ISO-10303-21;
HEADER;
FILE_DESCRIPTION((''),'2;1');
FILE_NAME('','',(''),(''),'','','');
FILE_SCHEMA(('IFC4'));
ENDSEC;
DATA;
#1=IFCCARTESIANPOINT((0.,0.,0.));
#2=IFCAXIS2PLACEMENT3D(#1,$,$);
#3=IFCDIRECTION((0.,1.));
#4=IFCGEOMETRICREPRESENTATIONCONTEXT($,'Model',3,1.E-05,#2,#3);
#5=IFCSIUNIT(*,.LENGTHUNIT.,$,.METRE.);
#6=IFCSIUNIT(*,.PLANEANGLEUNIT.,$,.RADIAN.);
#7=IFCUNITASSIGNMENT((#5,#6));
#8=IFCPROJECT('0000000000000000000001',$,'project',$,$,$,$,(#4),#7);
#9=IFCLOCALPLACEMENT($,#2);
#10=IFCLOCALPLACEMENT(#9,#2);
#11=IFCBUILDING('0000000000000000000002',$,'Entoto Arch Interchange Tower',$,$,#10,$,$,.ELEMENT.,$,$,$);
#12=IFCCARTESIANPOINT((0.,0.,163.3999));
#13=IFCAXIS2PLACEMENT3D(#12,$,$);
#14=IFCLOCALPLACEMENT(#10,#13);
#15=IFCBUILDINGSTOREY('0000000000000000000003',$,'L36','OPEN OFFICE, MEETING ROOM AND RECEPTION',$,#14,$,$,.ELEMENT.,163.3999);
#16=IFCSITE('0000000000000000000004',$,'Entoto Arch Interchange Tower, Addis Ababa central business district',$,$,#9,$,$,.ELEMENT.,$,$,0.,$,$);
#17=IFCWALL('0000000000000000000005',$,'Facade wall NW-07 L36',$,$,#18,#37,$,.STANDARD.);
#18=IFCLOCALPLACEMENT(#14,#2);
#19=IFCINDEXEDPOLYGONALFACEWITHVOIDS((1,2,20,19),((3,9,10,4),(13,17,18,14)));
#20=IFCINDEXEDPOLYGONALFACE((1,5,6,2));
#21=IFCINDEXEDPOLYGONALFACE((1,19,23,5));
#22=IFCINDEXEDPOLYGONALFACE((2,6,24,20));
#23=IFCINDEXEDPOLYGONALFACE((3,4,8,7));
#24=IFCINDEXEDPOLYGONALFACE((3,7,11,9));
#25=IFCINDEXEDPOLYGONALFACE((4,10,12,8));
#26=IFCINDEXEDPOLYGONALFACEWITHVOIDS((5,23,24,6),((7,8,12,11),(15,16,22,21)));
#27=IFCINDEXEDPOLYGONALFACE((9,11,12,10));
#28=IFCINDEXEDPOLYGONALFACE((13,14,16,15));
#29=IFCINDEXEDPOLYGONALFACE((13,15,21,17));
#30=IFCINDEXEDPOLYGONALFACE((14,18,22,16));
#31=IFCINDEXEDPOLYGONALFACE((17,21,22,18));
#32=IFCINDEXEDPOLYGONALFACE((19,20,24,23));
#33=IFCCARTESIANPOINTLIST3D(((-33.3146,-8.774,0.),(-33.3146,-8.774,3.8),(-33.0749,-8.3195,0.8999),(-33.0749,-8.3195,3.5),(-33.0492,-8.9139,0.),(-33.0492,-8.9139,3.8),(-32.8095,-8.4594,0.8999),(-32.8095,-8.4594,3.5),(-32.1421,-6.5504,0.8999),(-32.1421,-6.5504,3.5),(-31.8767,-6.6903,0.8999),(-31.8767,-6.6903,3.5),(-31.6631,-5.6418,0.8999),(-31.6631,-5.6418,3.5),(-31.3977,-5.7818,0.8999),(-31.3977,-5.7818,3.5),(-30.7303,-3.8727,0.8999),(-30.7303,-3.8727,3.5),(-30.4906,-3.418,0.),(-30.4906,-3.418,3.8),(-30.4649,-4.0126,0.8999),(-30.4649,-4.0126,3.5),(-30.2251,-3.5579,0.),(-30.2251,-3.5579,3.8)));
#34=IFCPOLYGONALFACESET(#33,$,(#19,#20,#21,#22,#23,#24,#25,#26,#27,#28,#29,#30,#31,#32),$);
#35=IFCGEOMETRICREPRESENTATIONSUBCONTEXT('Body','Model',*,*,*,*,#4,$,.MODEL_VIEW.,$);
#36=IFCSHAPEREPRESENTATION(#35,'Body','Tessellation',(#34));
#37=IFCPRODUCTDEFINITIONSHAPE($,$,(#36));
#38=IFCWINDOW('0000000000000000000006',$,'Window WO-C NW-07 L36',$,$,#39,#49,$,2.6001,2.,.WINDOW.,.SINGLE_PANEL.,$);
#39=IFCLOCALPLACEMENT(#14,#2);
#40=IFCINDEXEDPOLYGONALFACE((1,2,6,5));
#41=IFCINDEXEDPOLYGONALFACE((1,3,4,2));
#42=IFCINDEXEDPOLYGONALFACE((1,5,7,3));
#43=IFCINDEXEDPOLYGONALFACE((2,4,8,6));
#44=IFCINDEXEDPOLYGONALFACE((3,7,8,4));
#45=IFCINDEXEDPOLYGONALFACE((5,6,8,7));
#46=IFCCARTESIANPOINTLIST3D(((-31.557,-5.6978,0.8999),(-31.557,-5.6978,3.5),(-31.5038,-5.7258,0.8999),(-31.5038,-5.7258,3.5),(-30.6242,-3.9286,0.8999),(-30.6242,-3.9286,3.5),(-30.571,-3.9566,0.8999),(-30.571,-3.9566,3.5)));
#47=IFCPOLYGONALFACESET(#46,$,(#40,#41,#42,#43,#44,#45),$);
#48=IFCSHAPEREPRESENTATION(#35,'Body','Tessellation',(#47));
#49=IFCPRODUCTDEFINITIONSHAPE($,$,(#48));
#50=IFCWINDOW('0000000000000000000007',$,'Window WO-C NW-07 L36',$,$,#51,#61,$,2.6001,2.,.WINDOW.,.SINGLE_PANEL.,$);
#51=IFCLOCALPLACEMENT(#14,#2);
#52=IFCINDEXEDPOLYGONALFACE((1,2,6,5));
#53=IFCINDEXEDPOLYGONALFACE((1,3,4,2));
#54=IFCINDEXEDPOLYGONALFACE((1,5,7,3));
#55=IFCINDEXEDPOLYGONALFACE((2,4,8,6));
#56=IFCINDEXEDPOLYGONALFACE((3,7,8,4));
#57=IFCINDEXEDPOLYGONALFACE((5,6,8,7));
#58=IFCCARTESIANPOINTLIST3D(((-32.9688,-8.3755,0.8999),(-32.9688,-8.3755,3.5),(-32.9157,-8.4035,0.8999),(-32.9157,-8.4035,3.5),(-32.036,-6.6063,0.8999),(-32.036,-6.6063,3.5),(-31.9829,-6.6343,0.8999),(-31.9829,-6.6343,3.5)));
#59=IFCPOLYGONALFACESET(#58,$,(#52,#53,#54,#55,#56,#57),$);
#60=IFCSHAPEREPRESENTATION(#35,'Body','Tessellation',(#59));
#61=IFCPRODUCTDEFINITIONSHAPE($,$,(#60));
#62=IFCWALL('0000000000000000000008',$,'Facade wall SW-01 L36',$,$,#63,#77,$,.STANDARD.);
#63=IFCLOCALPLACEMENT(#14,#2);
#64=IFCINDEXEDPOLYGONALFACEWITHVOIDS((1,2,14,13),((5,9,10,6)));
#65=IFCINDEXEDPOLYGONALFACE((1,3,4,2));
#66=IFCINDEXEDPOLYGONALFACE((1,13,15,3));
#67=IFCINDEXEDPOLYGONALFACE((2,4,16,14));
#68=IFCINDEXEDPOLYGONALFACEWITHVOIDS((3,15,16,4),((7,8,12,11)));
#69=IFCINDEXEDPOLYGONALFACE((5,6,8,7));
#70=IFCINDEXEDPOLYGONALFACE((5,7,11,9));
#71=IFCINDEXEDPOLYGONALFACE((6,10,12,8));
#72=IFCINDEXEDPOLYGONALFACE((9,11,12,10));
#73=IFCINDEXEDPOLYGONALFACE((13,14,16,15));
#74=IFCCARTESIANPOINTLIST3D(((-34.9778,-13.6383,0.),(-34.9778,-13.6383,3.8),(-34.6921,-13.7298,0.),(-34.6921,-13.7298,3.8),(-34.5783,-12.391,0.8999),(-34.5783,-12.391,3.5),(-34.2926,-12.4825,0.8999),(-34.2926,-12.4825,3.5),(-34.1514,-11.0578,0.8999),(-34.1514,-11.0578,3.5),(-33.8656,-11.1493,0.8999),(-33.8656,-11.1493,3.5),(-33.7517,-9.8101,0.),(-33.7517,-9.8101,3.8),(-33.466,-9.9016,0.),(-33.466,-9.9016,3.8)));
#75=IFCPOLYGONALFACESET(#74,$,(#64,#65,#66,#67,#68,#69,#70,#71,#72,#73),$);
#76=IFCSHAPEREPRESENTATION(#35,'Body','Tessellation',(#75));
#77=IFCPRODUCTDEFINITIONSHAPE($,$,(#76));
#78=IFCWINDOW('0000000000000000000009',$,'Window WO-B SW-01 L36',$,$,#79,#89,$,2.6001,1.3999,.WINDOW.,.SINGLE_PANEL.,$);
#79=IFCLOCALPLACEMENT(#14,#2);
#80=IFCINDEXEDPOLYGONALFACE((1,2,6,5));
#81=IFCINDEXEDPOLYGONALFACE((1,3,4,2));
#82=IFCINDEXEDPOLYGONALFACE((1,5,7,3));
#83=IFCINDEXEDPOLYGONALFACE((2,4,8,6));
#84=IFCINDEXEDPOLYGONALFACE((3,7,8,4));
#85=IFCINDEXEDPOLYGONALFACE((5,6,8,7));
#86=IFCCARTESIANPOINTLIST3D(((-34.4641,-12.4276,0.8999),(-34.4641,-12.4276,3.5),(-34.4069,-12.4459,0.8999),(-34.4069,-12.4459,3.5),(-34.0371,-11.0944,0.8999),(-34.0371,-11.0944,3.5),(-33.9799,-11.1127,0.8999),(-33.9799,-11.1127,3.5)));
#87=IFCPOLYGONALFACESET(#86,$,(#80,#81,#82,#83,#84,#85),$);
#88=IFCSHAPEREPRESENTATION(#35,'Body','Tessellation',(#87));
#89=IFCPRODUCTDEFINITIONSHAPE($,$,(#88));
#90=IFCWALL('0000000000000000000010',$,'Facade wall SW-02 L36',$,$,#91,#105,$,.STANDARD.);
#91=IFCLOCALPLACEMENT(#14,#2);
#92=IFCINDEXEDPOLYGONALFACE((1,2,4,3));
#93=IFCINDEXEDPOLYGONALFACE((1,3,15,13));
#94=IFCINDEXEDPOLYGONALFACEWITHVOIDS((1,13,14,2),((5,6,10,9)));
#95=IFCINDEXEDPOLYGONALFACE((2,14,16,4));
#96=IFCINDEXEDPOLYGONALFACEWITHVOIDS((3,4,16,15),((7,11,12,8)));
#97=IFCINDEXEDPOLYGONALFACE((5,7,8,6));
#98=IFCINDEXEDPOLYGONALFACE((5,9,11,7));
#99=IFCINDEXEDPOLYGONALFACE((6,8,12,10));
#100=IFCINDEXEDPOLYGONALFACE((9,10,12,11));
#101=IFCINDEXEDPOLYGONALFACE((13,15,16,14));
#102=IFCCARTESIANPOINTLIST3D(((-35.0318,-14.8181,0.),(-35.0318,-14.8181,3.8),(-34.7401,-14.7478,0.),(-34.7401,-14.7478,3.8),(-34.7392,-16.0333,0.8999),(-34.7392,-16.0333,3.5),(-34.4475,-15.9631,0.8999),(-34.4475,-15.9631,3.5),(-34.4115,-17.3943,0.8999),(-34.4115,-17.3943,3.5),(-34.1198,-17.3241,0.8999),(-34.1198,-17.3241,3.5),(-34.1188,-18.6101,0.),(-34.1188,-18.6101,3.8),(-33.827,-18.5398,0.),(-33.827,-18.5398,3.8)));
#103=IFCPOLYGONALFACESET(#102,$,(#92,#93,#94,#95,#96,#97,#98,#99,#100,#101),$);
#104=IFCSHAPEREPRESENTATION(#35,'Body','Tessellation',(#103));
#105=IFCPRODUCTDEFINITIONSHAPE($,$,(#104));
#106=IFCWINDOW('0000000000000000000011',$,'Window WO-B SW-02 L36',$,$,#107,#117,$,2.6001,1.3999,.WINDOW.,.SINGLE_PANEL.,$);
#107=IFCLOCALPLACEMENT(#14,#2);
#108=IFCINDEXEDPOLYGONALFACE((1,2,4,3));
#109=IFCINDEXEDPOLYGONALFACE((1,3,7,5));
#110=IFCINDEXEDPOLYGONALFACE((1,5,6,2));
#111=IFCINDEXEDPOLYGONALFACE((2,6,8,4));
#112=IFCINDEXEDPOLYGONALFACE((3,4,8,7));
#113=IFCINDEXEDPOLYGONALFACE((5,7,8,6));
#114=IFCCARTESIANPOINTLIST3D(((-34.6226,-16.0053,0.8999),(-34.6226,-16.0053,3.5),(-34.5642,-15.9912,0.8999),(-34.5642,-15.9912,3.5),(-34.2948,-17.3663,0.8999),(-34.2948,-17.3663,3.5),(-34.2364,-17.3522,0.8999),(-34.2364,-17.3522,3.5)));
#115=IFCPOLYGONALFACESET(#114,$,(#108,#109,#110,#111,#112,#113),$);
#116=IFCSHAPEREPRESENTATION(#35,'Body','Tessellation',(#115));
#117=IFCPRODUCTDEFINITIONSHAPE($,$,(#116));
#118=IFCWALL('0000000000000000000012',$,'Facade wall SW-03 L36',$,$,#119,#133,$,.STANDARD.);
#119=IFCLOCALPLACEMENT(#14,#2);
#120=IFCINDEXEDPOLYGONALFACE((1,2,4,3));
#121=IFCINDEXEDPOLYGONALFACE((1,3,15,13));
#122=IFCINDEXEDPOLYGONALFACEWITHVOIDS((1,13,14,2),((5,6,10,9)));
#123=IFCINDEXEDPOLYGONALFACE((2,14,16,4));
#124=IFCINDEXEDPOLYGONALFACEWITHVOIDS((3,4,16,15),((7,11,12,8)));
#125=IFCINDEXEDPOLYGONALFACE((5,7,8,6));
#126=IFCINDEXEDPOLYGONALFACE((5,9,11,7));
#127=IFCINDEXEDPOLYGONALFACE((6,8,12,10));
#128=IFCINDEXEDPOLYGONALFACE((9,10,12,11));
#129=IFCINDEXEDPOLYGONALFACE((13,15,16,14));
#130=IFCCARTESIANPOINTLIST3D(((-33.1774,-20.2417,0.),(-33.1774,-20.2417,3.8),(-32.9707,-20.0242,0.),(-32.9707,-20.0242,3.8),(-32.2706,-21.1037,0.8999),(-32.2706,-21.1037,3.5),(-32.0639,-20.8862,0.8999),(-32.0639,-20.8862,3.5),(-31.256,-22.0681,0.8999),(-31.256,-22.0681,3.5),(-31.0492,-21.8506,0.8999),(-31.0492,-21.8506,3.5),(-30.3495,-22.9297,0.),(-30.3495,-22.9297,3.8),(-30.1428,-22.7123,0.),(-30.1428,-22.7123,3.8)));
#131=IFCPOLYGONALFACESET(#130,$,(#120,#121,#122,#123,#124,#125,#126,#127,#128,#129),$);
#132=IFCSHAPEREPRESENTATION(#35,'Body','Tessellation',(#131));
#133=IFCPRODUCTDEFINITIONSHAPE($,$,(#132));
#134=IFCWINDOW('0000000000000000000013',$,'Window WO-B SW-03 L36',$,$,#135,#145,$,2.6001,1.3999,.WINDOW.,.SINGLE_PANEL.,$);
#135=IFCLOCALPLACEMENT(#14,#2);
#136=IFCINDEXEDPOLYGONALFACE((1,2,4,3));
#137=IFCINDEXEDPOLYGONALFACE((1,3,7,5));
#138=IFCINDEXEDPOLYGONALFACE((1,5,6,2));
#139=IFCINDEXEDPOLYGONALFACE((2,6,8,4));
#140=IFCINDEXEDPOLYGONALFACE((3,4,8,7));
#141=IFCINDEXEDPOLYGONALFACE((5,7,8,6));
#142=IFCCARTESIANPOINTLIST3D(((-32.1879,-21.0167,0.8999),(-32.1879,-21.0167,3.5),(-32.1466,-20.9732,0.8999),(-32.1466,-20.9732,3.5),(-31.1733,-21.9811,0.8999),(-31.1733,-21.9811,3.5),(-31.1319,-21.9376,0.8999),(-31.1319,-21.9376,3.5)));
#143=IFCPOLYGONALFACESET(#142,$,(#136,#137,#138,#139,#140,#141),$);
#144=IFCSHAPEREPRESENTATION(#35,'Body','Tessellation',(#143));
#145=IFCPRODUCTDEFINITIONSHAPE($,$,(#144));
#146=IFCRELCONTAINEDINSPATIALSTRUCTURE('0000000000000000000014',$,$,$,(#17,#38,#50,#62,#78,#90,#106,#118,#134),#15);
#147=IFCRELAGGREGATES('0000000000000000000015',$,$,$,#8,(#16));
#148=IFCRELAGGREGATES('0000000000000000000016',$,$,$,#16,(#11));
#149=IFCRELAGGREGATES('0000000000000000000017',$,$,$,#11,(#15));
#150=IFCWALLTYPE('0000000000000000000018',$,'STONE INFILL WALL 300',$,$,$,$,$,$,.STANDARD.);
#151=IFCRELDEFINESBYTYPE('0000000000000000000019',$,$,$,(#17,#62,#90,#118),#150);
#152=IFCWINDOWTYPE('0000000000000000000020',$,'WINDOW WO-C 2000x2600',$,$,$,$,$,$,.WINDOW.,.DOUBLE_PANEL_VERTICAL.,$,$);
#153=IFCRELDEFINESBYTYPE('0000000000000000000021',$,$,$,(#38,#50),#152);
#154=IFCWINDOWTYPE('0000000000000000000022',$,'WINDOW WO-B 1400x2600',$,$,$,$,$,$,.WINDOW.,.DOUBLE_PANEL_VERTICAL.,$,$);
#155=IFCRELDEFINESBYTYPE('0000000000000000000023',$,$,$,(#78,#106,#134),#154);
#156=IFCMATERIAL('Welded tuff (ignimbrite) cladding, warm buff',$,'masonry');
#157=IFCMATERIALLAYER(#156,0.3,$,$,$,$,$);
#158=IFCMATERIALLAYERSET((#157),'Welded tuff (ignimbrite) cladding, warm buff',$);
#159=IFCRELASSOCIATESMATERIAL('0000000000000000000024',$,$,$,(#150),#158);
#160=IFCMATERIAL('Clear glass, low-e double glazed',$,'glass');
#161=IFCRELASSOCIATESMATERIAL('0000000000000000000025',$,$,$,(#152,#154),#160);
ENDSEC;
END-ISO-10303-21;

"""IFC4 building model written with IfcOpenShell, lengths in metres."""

from ifc_helpers import new_model, si_unit, direction, frame, frame_2d, origin, place, context, subcontext, project, spatial, rectangle, extrude, material, layer, layer_set, type_object, element, fill, save


model = new_model("IFC4")

# Units and contexts
model_context = context("Model", 3, precision=1e-05, world=origin(), true_north=direction((0.0, 1.0)))
body_context = subcontext(model_context, "Body", "Model", "MODEL_VIEW")
ifc_project = project(units=[si_unit("LENGTHUNIT", "METRE"), si_unit("PLANEANGLEUNIT", "RADIAN")], contexts=[model_context])

# Site, building, storey
site_placement = place(None, origin())
site = spatial("IfcSite", under=ifc_project, at=site_placement, Name="Entoto Arch Interchange Tower, Addis Ababa central business district", CompositionType="ELEMENT", RefElevation=0.0)
building_placement = place(site_placement, origin())
building = spatial("IfcBuilding", under=site, at=building_placement, Name="Entoto Arch Interchange Tower", CompositionType="ELEMENT")
storey_placement = place(building_placement, frame((0.0, 0.0, 163.3999)))
storey = spatial("IfcBuildingStorey", under=building, at=storey_placement, Name="L36", Description="OPEN OFFICE, MEETING ROOM AND RECEPTION", CompositionType="ELEMENT", Elevation=163.3999)

# Wall, openings, windows
ifc_material_1 = material(Name="Welded tuff (ignimbrite) cladding, warm buff", Category="masonry")
ifc_layer_1 = layer(ifc_material_1, 0.3)
ifc_layer_set_1 = layer_set([ifc_layer_1], Name="Welded tuff (ignimbrite) cladding, warm buff")
wall_type_1 = type_object("IfcWallType", Name="STONE INFILL WALL 300", PredefinedType="STANDARD", material=ifc_layer_set_1)
wall_1_placement = place(storey_placement, frame((-30.3579, -3.488, 0.0), z_axis=(0.0, 0.0, 1.0), x_axis=(-0.466399, -0.884574, 0.0)))
wall_1 = element("IfcWall", 1, at=wall_1_placement, inside=storey, type_object=wall_type_1, Name="Facade wall NW-07 L36", PredefinedType="STANDARD", context=body_context, shape_type="SweptSolid", body=[
    extrude(rectangle(XDim=6.0549, YDim=0.3, at=frame_2d((3.0273, 0.0))), origin(), (0.0, 0.0, 1.0), 3.8),
])
opening_1_placement = place(wall_1_placement, frame((0.5139, 0.0, 0.8999)))
opening_1 = element("IfcOpeningElement", 2, at=opening_1_placement, cuts=wall_1, PredefinedType="OPENING", context=body_context, shape_type="SweptSolid", body=[
    extrude(rectangle(XDim=2.0, YDim=2.6001, at=frame_2d((1.0, 1.3))), frame((0.0, 0.1602, 0.0), z_axis=(0.0, -1.0, 0.0), x_axis=(1.0, 0.0, 0.0)), (0.0, 0.0, 1.0), 0.3201),
])
opening_2_placement = place(wall_1_placement, frame((3.541, 0.0, 0.8999)))
opening_2 = element("IfcOpeningElement", 3, at=opening_2_placement, cuts=wall_1, PredefinedType="OPENING", context=body_context, shape_type="SweptSolid", body=[
    extrude(rectangle(XDim=2.0, YDim=2.6001, at=frame_2d((1.0, 1.3))), frame((0.0, 0.1602, 0.0), z_axis=(0.0, -1.0, 0.0), x_axis=(1.0, 0.0, 0.0)), (0.0, 0.0, 1.0), 0.3201),
])
ifc_material_2 = material(Name="Clear glass, low-e double glazed", Category="glass")
window_type_1 = type_object("IfcWindowType", Name="WINDOW WO-C 2000x2600", PartitioningType="DOUBLE_PANEL_VERTICAL", PredefinedType="WINDOW", material=ifc_material_2)
window_1_placement = place(opening_1_placement, origin())
window_1 = element("IfcWindow", 4, at=window_1_placement, inside=storey, type_object=window_type_1, Name="Window WO-C NW-07 L36", OverallHeight=2.6001, OverallWidth=2.0, PartitioningType="SINGLE_PANEL", PredefinedType="WINDOW", context=body_context, shape_type="SweptSolid", body=[
    extrude(rectangle(XDim=2.0, YDim=2.6001, at=frame_2d((1.0, 1.3))), frame((0.0, 0.03, 0.0), z_axis=(0.0, -1.0, 0.0), x_axis=(1.0, 0.0, 0.0)), (0.0, 0.0, 1.0), 0.0601),
])
fill(opening_1, window_1)
window_2_placement = place(opening_2_placement, origin())
window_2 = element("IfcWindow", 5, at=window_2_placement, inside=storey, type_object=window_type_1, Name="Window WO-C NW-07 L36", OverallHeight=2.6001, OverallWidth=2.0, PartitioningType="SINGLE_PANEL", PredefinedType="WINDOW", context=body_context, shape_type="SweptSolid", body=[
    extrude(rectangle(XDim=2.0, YDim=2.6001, at=frame_2d((1.0, 1.3))), frame((0.0, 0.03, 0.0), z_axis=(0.0, -1.0, 0.0), x_axis=(1.0, 0.0, 0.0)), (0.0, 0.0, 1.0), 0.0601),
])
fill(opening_2, window_2)

# Walls, openings, windows
wall_2_placement = place(storey_placement, frame((-33.6089, -9.856, 0.0), z_axis=(0.0, 0.0, 1.0), x_axis=(-0.305018, -0.952347, 0.0)))
wall_2 = element("IfcWall", 6, at=wall_2_placement, inside=storey, type_object=wall_type_1, Name="Facade wall SW-01 L36", PredefinedType="STANDARD", context=body_context, shape_type="SweptSolid", body=[
    extrude(rectangle(XDim=4.0198, YDim=0.3, at=frame_2d((2.0098, 0.0))), origin(), (0.0, 0.0, 1.0), 3.8),
])
opening_3_placement = place(wall_2_placement, frame((1.3101, 0.0, 0.8999)))
opening_3 = element("IfcOpeningElement", 7, at=opening_3_placement, cuts=wall_2, PredefinedType="OPENING", context=body_context, shape_type="SweptSolid", body=[
    extrude(rectangle(XDim=1.3999, YDim=2.6001, at=frame_2d((0.7, 1.3))), frame((0.0, 0.1602, 0.0), z_axis=(0.0, -1.0, 0.0), x_axis=(1.0, 0.0, 0.0)), (0.0, 0.0, 1.0), 0.3201),
])
window_type_2 = type_object("IfcWindowType", Name="WINDOW WO-B 1400x2600", PartitioningType="DOUBLE_PANEL_VERTICAL", PredefinedType="WINDOW", material=ifc_material_2)
window_3_placement = place(opening_3_placement, origin())
window_3 = element("IfcWindow", 8, at=window_3_placement, inside=storey, type_object=window_type_2, Name="Window WO-B SW-01 L36", OverallHeight=2.6001, OverallWidth=1.3999, PartitioningType="SINGLE_PANEL", PredefinedType="WINDOW", context=body_context, shape_type="SweptSolid", body=[
    extrude(rectangle(XDim=1.3999, YDim=2.6001, at=frame_2d((0.7, 1.3))), frame((0.0, 0.03, 0.0), z_axis=(0.0, -1.0, 0.0), x_axis=(1.0, 0.0, 0.0)), (0.0, 0.0, 1.0), 0.0601),
])
fill(opening_3, window_3)
wall_3_placement = place(storey_placement, frame((-34.886, -14.783, 0.0), z_axis=(0.0, 0.0, 1.0), x_axis=(0.234102, -0.972212, 0.0)))
wall_3 = element("IfcWall", 9, at=wall_3_placement, inside=storey, type_object=wall_type_1, Name="Facade wall SW-02 L36", PredefinedType="STANDARD", context=body_context, shape_type="SweptSolid", body=[
    extrude(rectangle(XDim=3.9004, YDim=0.3, at=frame_2d((1.9502, 0.0))), origin(), (0.0, 0.0, 1.0), 3.8),
])
opening_4_placement = place(wall_3_placement, frame((1.25, 0.0, 0.8999)))
opening_4 = element("IfcOpeningElement", 10, at=opening_4_placement, cuts=wall_3, PredefinedType="OPENING", context=body_context, shape_type="SweptSolid", body=[
    extrude(rectangle(XDim=1.3999, YDim=2.6001, at=frame_2d((0.7, 1.3))), frame((0.0, 0.1602, 0.0), z_axis=(0.0, -1.0, 0.0), x_axis=(1.0, 0.0, 0.0)), (0.0, 0.0, 1.0), 0.3201),
])
window_4_placement = place(opening_4_placement, origin())
window_4 = element("IfcWindow", 11, at=window_4_placement, inside=storey, type_object=window_type_2, Name="Window WO-B SW-02 L36", OverallHeight=2.6001, OverallWidth=1.3999, PartitioningType="SINGLE_PANEL", PredefinedType="WINDOW", context=body_context, shape_type="SweptSolid", body=[
    extrude(rectangle(XDim=1.3999, YDim=2.6001, at=frame_2d((0.7, 1.3))), frame((0.0, 0.03, 0.0), z_axis=(0.0, -1.0, 0.0), x_axis=(1.0, 0.0, 0.0)), (0.0, 0.0, 1.0), 0.0601),
])
fill(opening_4, window_4)
wall_4_placement = place(storey_placement, frame((-33.074, -20.1331, 0.0), z_axis=(0.0, 0.0, 1.0), x_axis=(0.724807, -0.688952, 0.0)))
wall_4 = element("IfcWall", 12, at=wall_4_placement, inside=storey, type_object=wall_type_1, Name="Facade wall SW-03 L36", PredefinedType="STANDARD", context=body_context, shape_type="SweptSolid", body=[
    extrude(rectangle(XDim=3.9016, YDim=0.3, at=frame_2d((1.9507, 0.0))), origin(), (0.0, 0.0, 1.0), 3.8),
])
opening_5_placement = place(wall_4_placement, frame((1.251, 0.0, 0.8999)))
opening_5 = element("IfcOpeningElement", 13, at=opening_5_placement, cuts=wall_4, PredefinedType="OPENING", context=body_context, shape_type="SweptSolid", body=[
    extrude(rectangle(XDim=1.3999, YDim=2.6001, at=frame_2d((0.7, 1.3))), frame((0.0, 0.1602, 0.0), z_axis=(0.0, -1.0, 0.0), x_axis=(1.0, 0.0, 0.0)), (0.0, 0.0, 1.0), 0.3201),
])
window_5_placement = place(opening_5_placement, origin())
window_5 = element("IfcWindow", 14, at=window_5_placement, inside=storey, type_object=window_type_2, Name="Window WO-B SW-03 L36", OverallHeight=2.6001, OverallWidth=1.3999, PartitioningType="SINGLE_PANEL", PredefinedType="WINDOW", context=body_context, shape_type="SweptSolid", body=[
    extrude(rectangle(XDim=1.3999, YDim=2.6001, at=frame_2d((0.7, 1.3))), frame((0.0, 0.03, 0.0), z_axis=(0.0, -1.0, 0.0), x_axis=(1.0, 0.0, 0.0)), (0.0, 0.0, 1.0), 0.0601),
])
fill(opening_5, window_5)

save(model, "model.ifc")
